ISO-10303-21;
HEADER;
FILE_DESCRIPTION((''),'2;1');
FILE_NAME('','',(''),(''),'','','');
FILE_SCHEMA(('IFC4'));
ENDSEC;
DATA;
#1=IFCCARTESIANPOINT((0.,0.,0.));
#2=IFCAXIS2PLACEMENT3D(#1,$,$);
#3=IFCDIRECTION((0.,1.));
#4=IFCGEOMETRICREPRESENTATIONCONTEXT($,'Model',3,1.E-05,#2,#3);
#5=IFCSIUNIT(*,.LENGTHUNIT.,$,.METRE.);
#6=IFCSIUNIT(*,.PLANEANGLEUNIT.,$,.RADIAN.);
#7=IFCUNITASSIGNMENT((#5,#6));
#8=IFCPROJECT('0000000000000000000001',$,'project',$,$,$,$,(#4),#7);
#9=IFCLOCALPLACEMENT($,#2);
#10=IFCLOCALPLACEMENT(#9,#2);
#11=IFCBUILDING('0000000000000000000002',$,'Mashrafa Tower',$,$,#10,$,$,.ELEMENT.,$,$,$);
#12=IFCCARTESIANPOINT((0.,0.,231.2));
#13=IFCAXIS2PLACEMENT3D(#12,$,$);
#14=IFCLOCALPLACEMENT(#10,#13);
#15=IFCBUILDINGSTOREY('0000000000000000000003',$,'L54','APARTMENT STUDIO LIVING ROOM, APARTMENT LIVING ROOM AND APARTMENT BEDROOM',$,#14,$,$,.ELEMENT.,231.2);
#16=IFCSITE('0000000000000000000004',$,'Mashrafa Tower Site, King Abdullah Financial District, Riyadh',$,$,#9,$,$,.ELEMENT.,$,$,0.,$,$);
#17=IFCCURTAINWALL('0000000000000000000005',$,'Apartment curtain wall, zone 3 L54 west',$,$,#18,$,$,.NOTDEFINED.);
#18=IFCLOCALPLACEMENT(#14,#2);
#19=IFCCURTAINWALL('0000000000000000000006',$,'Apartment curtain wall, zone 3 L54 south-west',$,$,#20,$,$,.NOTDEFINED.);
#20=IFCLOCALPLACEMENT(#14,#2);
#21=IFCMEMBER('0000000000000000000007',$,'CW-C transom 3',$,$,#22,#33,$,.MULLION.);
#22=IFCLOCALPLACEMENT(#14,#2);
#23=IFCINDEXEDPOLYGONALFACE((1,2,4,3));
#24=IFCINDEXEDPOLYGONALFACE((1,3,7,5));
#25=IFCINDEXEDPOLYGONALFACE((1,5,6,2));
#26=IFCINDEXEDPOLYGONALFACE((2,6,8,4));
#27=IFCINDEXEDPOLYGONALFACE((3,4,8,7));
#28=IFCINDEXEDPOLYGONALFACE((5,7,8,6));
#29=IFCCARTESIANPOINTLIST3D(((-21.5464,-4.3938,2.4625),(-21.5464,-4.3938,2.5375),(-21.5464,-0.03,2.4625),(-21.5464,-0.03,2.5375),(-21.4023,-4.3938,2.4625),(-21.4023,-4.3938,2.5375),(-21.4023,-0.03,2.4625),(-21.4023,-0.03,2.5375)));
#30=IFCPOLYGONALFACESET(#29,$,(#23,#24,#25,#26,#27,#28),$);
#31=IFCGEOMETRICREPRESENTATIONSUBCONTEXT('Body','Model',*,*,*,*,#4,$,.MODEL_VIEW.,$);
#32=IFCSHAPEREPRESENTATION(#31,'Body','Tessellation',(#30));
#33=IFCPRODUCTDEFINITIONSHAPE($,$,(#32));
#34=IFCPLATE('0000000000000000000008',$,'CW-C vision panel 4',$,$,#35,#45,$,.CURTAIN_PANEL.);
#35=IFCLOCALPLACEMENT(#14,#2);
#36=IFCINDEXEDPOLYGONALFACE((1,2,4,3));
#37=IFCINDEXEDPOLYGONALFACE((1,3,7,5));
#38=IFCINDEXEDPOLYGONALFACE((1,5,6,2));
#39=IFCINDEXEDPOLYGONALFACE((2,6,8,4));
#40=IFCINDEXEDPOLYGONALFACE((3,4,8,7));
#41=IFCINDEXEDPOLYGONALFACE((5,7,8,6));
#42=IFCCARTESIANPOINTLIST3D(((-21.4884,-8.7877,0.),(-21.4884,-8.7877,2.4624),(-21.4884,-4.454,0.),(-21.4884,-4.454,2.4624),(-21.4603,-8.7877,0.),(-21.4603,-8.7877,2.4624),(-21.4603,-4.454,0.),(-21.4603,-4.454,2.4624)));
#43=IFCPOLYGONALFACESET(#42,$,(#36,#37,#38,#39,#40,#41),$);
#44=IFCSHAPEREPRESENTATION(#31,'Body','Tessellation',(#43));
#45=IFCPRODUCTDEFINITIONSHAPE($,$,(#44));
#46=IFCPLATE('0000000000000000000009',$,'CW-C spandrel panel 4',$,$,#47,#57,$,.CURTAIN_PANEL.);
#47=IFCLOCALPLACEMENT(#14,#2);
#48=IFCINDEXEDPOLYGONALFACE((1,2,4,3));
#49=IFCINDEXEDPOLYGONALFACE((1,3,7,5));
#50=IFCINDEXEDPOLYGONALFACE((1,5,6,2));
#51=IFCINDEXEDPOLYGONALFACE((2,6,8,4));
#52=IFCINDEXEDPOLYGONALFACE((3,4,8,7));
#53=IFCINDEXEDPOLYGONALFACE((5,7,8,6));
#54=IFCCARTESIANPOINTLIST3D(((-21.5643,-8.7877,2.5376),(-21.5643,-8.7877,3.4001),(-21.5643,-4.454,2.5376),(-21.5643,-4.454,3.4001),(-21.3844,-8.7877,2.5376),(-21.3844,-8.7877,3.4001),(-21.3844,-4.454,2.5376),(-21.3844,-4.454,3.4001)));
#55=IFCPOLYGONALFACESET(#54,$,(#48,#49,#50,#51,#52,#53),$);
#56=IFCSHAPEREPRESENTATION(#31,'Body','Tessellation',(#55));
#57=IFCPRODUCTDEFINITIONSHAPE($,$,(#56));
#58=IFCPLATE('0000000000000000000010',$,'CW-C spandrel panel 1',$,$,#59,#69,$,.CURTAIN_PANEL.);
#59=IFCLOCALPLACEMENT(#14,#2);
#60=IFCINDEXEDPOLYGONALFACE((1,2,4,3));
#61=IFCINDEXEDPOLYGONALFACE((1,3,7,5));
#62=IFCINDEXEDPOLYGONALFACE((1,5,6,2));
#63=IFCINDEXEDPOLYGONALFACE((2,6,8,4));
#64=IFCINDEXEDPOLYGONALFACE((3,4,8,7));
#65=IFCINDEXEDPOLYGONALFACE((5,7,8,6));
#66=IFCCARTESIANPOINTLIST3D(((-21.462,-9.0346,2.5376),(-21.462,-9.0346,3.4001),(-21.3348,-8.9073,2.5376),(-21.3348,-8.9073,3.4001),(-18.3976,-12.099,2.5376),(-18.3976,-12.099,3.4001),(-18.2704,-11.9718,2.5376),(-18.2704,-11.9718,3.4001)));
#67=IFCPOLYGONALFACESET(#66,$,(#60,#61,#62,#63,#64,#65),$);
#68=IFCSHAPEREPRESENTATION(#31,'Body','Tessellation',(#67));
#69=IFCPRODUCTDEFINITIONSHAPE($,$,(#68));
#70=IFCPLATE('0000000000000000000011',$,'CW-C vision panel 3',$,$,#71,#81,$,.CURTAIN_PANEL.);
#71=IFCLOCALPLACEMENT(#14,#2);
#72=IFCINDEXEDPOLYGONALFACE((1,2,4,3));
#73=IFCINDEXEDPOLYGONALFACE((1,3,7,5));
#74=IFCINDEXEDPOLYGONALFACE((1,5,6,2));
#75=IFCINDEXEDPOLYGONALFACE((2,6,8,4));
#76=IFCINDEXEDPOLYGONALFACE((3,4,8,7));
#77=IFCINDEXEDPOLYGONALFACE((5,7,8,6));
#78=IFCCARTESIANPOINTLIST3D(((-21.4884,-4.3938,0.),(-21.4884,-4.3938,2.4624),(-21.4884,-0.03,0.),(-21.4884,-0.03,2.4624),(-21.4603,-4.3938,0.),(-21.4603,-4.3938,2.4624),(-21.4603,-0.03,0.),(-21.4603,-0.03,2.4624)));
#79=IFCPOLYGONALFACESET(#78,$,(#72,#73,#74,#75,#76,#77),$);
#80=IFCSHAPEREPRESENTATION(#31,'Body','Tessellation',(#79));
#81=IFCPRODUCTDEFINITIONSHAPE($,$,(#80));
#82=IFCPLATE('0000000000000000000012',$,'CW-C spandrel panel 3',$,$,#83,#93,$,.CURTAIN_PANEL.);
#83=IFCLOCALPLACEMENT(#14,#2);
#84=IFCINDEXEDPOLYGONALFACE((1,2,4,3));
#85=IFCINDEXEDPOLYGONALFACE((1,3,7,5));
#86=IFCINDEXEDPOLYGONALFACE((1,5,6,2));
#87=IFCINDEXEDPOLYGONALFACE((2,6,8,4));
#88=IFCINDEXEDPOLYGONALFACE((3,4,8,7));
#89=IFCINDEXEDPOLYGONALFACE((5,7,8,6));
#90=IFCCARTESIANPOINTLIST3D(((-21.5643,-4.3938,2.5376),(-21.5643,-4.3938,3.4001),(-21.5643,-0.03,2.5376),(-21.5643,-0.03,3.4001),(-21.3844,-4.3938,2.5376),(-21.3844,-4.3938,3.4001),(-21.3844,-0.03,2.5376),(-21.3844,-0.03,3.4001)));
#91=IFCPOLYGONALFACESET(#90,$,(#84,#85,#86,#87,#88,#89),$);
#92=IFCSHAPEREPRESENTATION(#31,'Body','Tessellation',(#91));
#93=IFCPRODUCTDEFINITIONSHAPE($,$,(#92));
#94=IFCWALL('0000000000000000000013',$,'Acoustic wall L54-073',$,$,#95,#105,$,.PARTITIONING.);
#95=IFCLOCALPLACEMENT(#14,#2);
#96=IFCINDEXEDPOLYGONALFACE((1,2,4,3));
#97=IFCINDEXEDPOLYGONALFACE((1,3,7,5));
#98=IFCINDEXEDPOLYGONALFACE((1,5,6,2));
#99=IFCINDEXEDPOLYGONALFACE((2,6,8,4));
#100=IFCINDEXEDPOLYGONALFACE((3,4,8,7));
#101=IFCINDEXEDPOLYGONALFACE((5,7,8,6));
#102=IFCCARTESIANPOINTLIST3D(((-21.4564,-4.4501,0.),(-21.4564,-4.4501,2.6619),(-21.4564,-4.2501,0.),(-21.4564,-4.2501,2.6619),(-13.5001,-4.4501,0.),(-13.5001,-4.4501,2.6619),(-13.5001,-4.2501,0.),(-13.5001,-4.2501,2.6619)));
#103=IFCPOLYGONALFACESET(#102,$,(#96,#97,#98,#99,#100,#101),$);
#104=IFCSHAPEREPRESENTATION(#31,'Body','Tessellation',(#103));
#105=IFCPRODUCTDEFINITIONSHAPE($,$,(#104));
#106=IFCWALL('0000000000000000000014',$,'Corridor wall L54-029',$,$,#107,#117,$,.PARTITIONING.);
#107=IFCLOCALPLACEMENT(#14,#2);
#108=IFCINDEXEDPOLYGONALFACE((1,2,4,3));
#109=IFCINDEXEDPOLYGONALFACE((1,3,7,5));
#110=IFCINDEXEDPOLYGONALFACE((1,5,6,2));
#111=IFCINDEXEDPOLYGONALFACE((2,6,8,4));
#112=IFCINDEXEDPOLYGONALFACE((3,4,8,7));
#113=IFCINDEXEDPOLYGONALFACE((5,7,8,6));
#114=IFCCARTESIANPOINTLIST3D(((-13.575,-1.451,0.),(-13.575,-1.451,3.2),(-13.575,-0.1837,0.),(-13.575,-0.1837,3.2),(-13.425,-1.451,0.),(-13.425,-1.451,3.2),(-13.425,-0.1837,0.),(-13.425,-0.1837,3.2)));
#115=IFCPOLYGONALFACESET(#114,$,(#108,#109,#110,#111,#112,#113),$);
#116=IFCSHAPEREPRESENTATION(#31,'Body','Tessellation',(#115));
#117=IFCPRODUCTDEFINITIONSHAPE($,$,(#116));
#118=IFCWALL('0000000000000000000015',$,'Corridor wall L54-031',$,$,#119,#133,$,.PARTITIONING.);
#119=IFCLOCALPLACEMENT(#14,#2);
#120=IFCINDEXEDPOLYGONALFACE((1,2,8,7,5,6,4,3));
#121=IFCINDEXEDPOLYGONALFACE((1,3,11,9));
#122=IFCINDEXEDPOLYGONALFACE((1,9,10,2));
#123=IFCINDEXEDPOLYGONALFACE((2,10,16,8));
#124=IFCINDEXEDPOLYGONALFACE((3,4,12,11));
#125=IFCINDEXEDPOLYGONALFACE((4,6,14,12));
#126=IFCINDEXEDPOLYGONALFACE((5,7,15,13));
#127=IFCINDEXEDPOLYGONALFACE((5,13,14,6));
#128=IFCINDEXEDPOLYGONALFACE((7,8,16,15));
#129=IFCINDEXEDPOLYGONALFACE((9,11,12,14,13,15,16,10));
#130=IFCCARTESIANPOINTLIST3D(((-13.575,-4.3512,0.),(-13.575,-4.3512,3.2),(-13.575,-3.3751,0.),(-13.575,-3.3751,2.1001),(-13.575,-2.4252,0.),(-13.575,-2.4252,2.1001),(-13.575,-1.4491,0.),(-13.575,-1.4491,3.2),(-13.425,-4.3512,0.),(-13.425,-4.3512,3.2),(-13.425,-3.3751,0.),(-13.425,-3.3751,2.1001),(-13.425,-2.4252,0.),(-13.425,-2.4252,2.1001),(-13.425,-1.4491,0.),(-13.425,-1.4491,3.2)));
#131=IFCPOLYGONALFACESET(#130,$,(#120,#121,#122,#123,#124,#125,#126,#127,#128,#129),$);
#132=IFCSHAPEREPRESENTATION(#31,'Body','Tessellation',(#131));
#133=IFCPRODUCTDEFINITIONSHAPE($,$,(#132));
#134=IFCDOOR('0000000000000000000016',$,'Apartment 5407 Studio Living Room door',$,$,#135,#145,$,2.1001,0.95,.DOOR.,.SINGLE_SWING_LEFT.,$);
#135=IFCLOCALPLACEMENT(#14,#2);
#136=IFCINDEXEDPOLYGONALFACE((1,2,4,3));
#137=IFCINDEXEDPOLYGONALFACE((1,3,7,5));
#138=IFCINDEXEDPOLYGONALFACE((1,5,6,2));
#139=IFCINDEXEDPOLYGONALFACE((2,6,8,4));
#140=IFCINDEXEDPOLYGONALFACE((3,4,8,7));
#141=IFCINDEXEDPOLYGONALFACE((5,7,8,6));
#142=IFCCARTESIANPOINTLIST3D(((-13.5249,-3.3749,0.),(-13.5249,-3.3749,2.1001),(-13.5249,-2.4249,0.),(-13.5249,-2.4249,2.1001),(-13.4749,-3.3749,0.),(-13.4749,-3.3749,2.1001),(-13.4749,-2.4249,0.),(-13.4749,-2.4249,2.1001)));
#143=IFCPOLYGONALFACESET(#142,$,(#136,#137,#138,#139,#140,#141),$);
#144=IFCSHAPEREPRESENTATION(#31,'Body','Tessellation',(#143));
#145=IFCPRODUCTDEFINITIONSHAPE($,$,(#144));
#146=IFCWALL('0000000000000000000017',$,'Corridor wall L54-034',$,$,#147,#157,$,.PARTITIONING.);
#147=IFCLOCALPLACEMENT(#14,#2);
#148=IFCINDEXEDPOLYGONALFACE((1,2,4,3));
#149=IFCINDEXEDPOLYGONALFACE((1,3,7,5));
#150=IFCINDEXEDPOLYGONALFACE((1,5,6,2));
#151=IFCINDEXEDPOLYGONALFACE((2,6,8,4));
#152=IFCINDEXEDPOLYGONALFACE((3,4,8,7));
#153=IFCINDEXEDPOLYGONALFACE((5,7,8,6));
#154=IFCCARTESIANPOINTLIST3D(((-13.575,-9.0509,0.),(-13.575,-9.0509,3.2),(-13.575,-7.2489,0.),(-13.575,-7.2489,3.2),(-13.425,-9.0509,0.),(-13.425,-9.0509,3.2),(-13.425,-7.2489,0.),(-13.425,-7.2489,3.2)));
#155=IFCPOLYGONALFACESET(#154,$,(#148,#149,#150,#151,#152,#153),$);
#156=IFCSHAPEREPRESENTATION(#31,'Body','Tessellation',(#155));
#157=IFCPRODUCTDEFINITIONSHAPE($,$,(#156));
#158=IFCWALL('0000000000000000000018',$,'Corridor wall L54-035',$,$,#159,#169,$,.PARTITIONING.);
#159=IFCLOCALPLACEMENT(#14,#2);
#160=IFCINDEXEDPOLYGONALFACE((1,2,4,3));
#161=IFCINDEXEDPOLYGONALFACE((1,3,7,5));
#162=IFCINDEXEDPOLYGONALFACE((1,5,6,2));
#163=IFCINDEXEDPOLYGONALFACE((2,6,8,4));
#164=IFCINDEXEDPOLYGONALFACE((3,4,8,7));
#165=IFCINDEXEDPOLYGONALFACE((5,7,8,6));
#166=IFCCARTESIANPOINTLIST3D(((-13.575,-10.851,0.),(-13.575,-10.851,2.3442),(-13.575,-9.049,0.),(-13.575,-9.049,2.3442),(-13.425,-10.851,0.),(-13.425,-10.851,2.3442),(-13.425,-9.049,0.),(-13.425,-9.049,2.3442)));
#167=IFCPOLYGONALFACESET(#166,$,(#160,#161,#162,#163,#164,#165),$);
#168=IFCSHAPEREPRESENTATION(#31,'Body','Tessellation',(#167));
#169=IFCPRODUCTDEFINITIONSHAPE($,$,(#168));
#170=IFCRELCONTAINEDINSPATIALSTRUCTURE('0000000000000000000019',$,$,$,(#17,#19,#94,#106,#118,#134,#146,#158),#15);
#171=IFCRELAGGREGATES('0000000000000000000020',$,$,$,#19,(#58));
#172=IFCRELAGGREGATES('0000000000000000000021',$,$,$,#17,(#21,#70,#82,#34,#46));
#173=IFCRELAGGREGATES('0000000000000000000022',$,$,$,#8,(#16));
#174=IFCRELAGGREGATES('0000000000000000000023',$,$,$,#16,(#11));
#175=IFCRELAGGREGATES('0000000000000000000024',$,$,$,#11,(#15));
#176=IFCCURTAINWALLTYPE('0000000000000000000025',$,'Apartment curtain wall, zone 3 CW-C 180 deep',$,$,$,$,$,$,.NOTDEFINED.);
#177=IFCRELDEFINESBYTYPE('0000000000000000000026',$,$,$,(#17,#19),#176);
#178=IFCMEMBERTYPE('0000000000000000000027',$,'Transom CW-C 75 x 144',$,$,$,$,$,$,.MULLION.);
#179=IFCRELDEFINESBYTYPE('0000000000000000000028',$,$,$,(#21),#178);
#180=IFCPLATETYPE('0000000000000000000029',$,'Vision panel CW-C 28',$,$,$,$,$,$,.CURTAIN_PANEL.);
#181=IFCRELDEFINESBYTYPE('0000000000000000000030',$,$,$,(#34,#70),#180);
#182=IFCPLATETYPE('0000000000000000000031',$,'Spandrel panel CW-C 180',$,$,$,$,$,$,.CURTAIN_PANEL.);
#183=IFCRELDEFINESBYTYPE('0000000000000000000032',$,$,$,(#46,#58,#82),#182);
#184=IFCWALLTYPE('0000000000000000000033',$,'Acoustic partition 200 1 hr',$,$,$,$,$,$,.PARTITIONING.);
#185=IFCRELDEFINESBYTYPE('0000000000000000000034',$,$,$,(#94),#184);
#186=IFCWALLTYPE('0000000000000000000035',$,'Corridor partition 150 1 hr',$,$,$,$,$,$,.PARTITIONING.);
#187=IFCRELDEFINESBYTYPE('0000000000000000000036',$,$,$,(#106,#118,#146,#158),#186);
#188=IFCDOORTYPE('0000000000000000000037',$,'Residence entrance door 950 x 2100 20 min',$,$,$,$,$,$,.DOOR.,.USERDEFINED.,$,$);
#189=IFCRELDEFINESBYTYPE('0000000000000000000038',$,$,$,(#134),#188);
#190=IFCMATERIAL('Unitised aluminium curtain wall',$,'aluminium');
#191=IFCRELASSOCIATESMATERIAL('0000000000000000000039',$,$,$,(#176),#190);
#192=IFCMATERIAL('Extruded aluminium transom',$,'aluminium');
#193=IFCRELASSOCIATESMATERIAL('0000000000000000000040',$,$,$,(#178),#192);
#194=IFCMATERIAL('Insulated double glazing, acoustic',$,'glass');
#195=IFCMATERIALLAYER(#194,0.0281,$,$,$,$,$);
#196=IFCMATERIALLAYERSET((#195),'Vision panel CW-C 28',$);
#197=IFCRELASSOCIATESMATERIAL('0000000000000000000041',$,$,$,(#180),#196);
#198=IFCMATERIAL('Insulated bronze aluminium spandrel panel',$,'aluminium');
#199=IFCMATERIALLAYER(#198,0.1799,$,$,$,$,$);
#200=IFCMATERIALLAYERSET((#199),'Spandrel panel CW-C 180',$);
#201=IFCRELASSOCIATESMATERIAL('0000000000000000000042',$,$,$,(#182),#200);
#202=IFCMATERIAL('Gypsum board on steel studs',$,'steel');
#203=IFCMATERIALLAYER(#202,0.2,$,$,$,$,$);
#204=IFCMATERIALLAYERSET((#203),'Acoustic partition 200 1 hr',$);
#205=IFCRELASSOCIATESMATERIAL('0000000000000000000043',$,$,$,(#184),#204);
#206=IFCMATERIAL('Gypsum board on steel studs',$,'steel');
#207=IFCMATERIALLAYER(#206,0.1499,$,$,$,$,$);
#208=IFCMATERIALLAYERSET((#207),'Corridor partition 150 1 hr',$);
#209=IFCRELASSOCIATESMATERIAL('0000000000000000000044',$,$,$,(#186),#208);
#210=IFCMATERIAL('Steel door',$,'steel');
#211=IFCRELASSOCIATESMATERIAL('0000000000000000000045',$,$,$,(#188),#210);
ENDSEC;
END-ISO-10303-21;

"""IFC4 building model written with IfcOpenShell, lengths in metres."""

from ifc_helpers import new_model, si_unit, direction, frame, frame_2d, origin, origin_2d, place, context, subcontext, project, spatial, rectangle, extrude, source, transform, mapped, material, layer, layer_set, material_profile, profile_set, type_object, type_shapes, element, fill, aggregate, save


model = new_model("IFC4")

# Units and contexts
model_context = context("Model", 3, precision=1e-05, world=origin(), true_north=direction((0.0, 1.0)))
body_context = subcontext(model_context, "Body", "Model", "MODEL_VIEW")
ifc_project = project(units=[si_unit("LENGTHUNIT", "METRE"), si_unit("PLANEANGLEUNIT", "RADIAN")], contexts=[model_context])

# Site, building, storey
site_placement = place(None, origin())
site = spatial("IfcSite", under=ifc_project, at=site_placement, Name="Mashrafa Tower Site, King Abdullah Financial District, Riyadh", CompositionType="ELEMENT", RefElevation=0.0)
building_placement = place(site_placement, origin())
building = spatial("IfcBuilding", under=site, at=building_placement, Name="Mashrafa Tower", CompositionType="ELEMENT")
storey_placement = place(building_placement, frame((0.0, 0.0, 231.2)))
storey = spatial("IfcBuildingStorey", under=building, at=storey_placement, Name="L54", Description="APARTMENT STUDIO LIVING ROOM, APARTMENT LIVING ROOM AND APARTMENT BEDROOM", CompositionType="ELEMENT", Elevation=231.2)

# Curtain wall
ifc_material_1 = material(Name="Unitised aluminium curtain wall", Category="aluminium")
curtain_wall_type = type_object("IfcCurtainWallType", Name="Apartment curtain wall, zone 3 CW-C 180 deep", PredefinedType="NOTDEFINED", material=ifc_material_1)
curtain_wall_1_placement = place(storey_placement, origin())
curtain_wall_1 = element("IfcCurtainWall", 1, at=curtain_wall_1_placement, inside=storey, type_object=curtain_wall_type, Name="Apartment curtain wall, zone 3 L54 west", PredefinedType="NOTDEFINED")

# Curtain wall
curtain_wall_2_placement = place(storey_placement, origin())
curtain_wall_2 = element("IfcCurtainWall", 2, at=curtain_wall_2_placement, inside=storey, type_object=curtain_wall_type, Name="Apartment curtain wall, zone 3 L54 south-west", PredefinedType="NOTDEFINED")

# Member
ifc_material_2 = material(Name="Extruded aluminium transom", Category="aluminium")
ifc_material_profile_1 = material_profile(ifc_material_2, rectangle(XDim=0.144, YDim=0.075, at=origin_2d()), Name="Transom 75x144")
ifc_profile_set_1 = profile_set([ifc_material_profile_1], Name="Extruded aluminium transom")
member_type_1 = type_object("IfcMemberType", Name="Transom CW-C 75 x 144", PredefinedType="MULLION", material=ifc_profile_set_1)
shared_shape_1 = source(origin(), body_context, "Body", "SweptSolid", [
    extrude(rectangle(XDim=0.144, YDim=0.075, at=origin_2d()), origin(), (0.0, 0.0, 1.0), 4.3638),
])
member_1_placement = place(storey_placement, frame((-21.4744, -0.03, 2.5), z_axis=(0.0, -1.0, 0.0), x_axis=(1.0, 0.0, 0.0)))
member_1 = element("IfcMember", 3, at=member_1_placement, type_object=member_type_1, Name="CW-C transom 3", PredefinedType="MULLION", context=body_context, shape_type="MappedRepresentation", body=[
    mapped(shared_shape_1, transform((0.0, 0.0, 0.0))),
])

# Plates
ifc_material_3 = material(Name="Insulated double glazing, acoustic", Category="glass")
ifc_layer_1 = layer(ifc_material_3, 0.0281)
ifc_layer_set_1 = layer_set([ifc_layer_1], Name="Vision panel CW-C 28")
plate_type_1 = type_object("IfcPlateType", Name="Vision panel CW-C 28", PredefinedType="CURTAIN_PANEL", material=ifc_layer_set_1)
shared_shape_2 = source(origin(), body_context, "Body", "SweptSolid", [
    extrude(rectangle(XDim=4.3337, YDim=0.0281, at=origin_2d()), origin(), (0.0, 0.0, 1.0), 2.4624),
])
plate_1_placement = place(storey_placement, frame((-21.4744, -6.6208, 0.0), z_axis=(0.0, 0.0, 1.0), x_axis=(0.0, -1.0, 0.0)))
plate_1 = element("IfcPlate", 4, at=plate_1_placement, type_object=plate_type_1, Name="CW-C vision panel 4", PredefinedType="CURTAIN_PANEL", context=body_context, shape_type="MappedRepresentation", body=[
    mapped(shared_shape_2, transform((0.0, 0.0, 0.0))),
])
ifc_material_4 = material(Name="Insulated bronze aluminium spandrel panel", Category="aluminium")
ifc_layer_2 = layer(ifc_material_4, 0.1799)
ifc_layer_set_2 = layer_set([ifc_layer_2], Name="Spandrel panel CW-C 180")
plate_type_2 = type_object("IfcPlateType", Name="Spandrel panel CW-C 180", PredefinedType="CURTAIN_PANEL", material=ifc_layer_set_2)
shared_shape_3 = source(origin(), body_context, "Body", "SweptSolid", [
    extrude(rectangle(XDim=4.3337, YDim=0.1799, at=origin_2d()), origin(), (0.0, 0.0, 1.0), 0.8625),
])
plate_2_placement = place(storey_placement, frame((-21.4744, -6.6208, 2.5376), z_axis=(0.0, 0.0, 1.0), x_axis=(0.0, -1.0, 0.0)))
plate_2 = element("IfcPlate", 5, at=plate_2_placement, type_object=plate_type_2, Name="CW-C spandrel panel 4", PredefinedType="CURTAIN_PANEL", context=body_context, shape_type="MappedRepresentation", body=[
    mapped(shared_shape_3, transform((0.0, 0.0, 0.0))),
])
plate_3_placement = place(storey_placement, frame((-19.8662, -10.5032, 2.5376), z_axis=(0.0, 0.0, 1.0), x_axis=(0.707107, -0.707107, 0.0)))
plate_3 = element("IfcPlate", 6, at=plate_3_placement, type_object=plate_type_2, Name="CW-C spandrel panel 1", PredefinedType="CURTAIN_PANEL", context=body_context, shape_type="MappedRepresentation", body=[
    mapped(shared_shape_3, transform((0.0, 0.0, 0.0))),
])
aggregate(curtain_wall_2, [plate_3])
shared_shape_4 = source(origin(), body_context, "Body", "SweptSolid", [
    extrude(rectangle(XDim=4.3638, YDim=0.0281, at=origin_2d()), origin(), (0.0, 0.0, 1.0), 2.4624),
])
type_shapes(plate_type_1, [shared_shape_2, shared_shape_4])
plate_4_placement = place(storey_placement, frame((-21.4744, -2.2119, 0.0), z_axis=(0.0, 0.0, 1.0), x_axis=(0.0, -1.0, 0.0)))
plate_4 = element("IfcPlate", 7, at=plate_4_placement, type_object=plate_type_1, Name="CW-C vision panel 3", PredefinedType="CURTAIN_PANEL", context=body_context, shape_type="MappedRepresentation", body=[
    mapped(shared_shape_4, transform((0.0, 0.0, 0.0))),
])
shared_shape_5 = source(origin(), body_context, "Body", "SweptSolid", [
    extrude(rectangle(XDim=4.3638, YDim=0.1799, at=origin_2d()), origin(), (0.0, 0.0, 1.0), 0.8625),
])
type_shapes(plate_type_2, [shared_shape_3, shared_shape_5])
plate_5_placement = place(storey_placement, frame((-21.4744, -2.2119, 2.5376), z_axis=(0.0, 0.0, 1.0), x_axis=(0.0, -1.0, 0.0)))
plate_5 = element("IfcPlate", 8, at=plate_5_placement, type_object=plate_type_2, Name="CW-C spandrel panel 3", PredefinedType="CURTAIN_PANEL", context=body_context, shape_type="MappedRepresentation", body=[
    mapped(shared_shape_5, transform((0.0, 0.0, 0.0))),
])
aggregate(curtain_wall_1, [member_1, plate_4, plate_5, plate_1, plate_2])

# Walls
ifc_material_5 = material(Name="Gypsum board on steel studs", Category="steel")
ifc_layer_3 = layer(ifc_material_5, 0.2)
ifc_layer_set_3 = layer_set([ifc_layer_3], Name="Acoustic partition 200 1 hr")
wall_type_1 = type_object("IfcWallType", Name="Acoustic partition 200 1 hr", PredefinedType="PARTITIONING", material=ifc_layer_set_3)
wall_1_placement = place(storey_placement, frame((-21.4563, -4.3501, 0.0), z_axis=(0.0, 0.0, 1.0), x_axis=(1.0, 0.0, 0.0)))
element("IfcWall", 9, at=wall_1_placement, inside=storey, type_object=wall_type_1, Name="Acoustic wall L54-073", PredefinedType="PARTITIONING", context=body_context, shape_type="SweptSolid", body=[
    extrude(rectangle(XDim=7.9563, YDim=0.2, at=frame_2d((3.978, 0.0))), origin(), (0.0, 0.0, 1.0), 2.6619),
])
ifc_material_6 = material(Name="Gypsum board on steel studs", Category="steel")
ifc_layer_4 = layer(ifc_material_6, 0.1499)
ifc_layer_set_4 = layer_set([ifc_layer_4], Name="Corridor partition 150 1 hr")
wall_type_2 = type_object("IfcWallType", Name="Corridor partition 150 1 hr", PredefinedType="PARTITIONING", material=ifc_layer_set_4)
wall_2_placement = place(storey_placement, frame((-13.5, -0.1836, 0.0), z_axis=(0.0, 0.0, 1.0), x_axis=(0.0, -1.0, 0.0)))
element("IfcWall", 10, at=wall_2_placement, inside=storey, type_object=wall_type_2, Name="Corridor wall L54-029", PredefinedType="PARTITIONING", context=body_context, shape_type="SweptSolid", body=[
    extrude(rectangle(XDim=1.2673, YDim=0.1499, at=frame_2d((0.6338, 0.0))), origin(), (0.0, 0.0, 1.0), 3.2),
])

# Wall, opening, door
wall_3_placement = place(storey_placement, frame((-13.5, -1.449, 0.0), z_axis=(0.0, 0.0, 1.0), x_axis=(0.0, -1.0, 0.0)))
wall_3 = element("IfcWall", 11, at=wall_3_placement, inside=storey, type_object=wall_type_2, Name="Corridor wall L54-031", PredefinedType="PARTITIONING", context=body_context, shape_type="SweptSolid", body=[
    extrude(rectangle(XDim=2.9021, YDim=0.1499, at=frame_2d((1.4512, 0.0))), origin(), (0.0, 0.0, 1.0), 3.2),
])
opening_1_placement = place(wall_3_placement, frame((0.9761, 0.0, 0.0)))
opening_1 = element("IfcOpeningElement", 12, at=opening_1_placement, cuts=wall_3, PredefinedType="OPENING", context=body_context, shape_type="SweptSolid", body=[
    extrude(rectangle(XDim=0.95, YDim=2.1001, at=frame_2d((0.4751, 1.05))), frame((0.0, 0.085, 0.0), z_axis=(0.0, -1.0, 0.0), x_axis=(1.0, 0.0, 0.0)), (0.0, 0.0, 1.0), 0.1699),
])
ifc_material_7 = material(Name="Steel door", Category="steel")
door_type = type_object("IfcDoorType", Name="Residence entrance door 950 x 2100 20 min", OperationType="USERDEFINED", PredefinedType="DOOR", material=ifc_material_7)
door_1_placement = place(opening_1_placement, frame((0.95, 0.0, 0.0), z_axis=(0.0, 0.0, 1.0), x_axis=(-1.0, 0.0, 0.0)))
door_1 = element("IfcDoor", 13, at=door_1_placement, inside=storey, type_object=door_type, Name="Apartment 5407 Studio Living Room door", OperationType="SINGLE_SWING_LEFT", OverallHeight=2.1001, OverallWidth=0.95, PredefinedType="DOOR", context=body_context, shape_type="SweptSolid", body=[
    extrude(rectangle(XDim=0.95, YDim=2.1001, at=frame_2d((0.4751, 1.05))), frame((0.0, 0.0249, 0.0), z_axis=(0.0, -1.0, 0.0), x_axis=(1.0, 0.0, 0.0)), (0.0, 0.0, 1.0), 0.05),
])
fill(opening_1, door_1)

# Walls
wall_4_placement = place(storey_placement, frame((-13.5, -7.249, 0.0), z_axis=(0.0, 0.0, 1.0), x_axis=(0.0, -1.0, 0.0)))
element("IfcWall", 14, at=wall_4_placement, inside=storey, type_object=wall_type_2, Name="Corridor wall L54-034", PredefinedType="PARTITIONING", context=body_context, shape_type="SweptSolid", body=[
    extrude(rectangle(XDim=1.802, YDim=0.1499, at=frame_2d((0.9009, 0.0))), origin(), (0.0, 0.0, 1.0), 3.2),
])
wall_5_placement = place(storey_placement, frame((-13.5, -9.0491, 0.0), z_axis=(0.0, 0.0, 1.0), x_axis=(0.0, -1.0, 0.0)))
element("IfcWall", 15, at=wall_5_placement, inside=storey, type_object=wall_type_2, Name="Corridor wall L54-035", PredefinedType="PARTITIONING", context=body_context, shape_type="SweptSolid", body=[
    extrude(rectangle(XDim=1.802, YDim=0.1499, at=frame_2d((0.9009, 0.0))), origin(), (0.0, 0.0, 1.0), 2.3442),
])

save(model, "model.ifc")
